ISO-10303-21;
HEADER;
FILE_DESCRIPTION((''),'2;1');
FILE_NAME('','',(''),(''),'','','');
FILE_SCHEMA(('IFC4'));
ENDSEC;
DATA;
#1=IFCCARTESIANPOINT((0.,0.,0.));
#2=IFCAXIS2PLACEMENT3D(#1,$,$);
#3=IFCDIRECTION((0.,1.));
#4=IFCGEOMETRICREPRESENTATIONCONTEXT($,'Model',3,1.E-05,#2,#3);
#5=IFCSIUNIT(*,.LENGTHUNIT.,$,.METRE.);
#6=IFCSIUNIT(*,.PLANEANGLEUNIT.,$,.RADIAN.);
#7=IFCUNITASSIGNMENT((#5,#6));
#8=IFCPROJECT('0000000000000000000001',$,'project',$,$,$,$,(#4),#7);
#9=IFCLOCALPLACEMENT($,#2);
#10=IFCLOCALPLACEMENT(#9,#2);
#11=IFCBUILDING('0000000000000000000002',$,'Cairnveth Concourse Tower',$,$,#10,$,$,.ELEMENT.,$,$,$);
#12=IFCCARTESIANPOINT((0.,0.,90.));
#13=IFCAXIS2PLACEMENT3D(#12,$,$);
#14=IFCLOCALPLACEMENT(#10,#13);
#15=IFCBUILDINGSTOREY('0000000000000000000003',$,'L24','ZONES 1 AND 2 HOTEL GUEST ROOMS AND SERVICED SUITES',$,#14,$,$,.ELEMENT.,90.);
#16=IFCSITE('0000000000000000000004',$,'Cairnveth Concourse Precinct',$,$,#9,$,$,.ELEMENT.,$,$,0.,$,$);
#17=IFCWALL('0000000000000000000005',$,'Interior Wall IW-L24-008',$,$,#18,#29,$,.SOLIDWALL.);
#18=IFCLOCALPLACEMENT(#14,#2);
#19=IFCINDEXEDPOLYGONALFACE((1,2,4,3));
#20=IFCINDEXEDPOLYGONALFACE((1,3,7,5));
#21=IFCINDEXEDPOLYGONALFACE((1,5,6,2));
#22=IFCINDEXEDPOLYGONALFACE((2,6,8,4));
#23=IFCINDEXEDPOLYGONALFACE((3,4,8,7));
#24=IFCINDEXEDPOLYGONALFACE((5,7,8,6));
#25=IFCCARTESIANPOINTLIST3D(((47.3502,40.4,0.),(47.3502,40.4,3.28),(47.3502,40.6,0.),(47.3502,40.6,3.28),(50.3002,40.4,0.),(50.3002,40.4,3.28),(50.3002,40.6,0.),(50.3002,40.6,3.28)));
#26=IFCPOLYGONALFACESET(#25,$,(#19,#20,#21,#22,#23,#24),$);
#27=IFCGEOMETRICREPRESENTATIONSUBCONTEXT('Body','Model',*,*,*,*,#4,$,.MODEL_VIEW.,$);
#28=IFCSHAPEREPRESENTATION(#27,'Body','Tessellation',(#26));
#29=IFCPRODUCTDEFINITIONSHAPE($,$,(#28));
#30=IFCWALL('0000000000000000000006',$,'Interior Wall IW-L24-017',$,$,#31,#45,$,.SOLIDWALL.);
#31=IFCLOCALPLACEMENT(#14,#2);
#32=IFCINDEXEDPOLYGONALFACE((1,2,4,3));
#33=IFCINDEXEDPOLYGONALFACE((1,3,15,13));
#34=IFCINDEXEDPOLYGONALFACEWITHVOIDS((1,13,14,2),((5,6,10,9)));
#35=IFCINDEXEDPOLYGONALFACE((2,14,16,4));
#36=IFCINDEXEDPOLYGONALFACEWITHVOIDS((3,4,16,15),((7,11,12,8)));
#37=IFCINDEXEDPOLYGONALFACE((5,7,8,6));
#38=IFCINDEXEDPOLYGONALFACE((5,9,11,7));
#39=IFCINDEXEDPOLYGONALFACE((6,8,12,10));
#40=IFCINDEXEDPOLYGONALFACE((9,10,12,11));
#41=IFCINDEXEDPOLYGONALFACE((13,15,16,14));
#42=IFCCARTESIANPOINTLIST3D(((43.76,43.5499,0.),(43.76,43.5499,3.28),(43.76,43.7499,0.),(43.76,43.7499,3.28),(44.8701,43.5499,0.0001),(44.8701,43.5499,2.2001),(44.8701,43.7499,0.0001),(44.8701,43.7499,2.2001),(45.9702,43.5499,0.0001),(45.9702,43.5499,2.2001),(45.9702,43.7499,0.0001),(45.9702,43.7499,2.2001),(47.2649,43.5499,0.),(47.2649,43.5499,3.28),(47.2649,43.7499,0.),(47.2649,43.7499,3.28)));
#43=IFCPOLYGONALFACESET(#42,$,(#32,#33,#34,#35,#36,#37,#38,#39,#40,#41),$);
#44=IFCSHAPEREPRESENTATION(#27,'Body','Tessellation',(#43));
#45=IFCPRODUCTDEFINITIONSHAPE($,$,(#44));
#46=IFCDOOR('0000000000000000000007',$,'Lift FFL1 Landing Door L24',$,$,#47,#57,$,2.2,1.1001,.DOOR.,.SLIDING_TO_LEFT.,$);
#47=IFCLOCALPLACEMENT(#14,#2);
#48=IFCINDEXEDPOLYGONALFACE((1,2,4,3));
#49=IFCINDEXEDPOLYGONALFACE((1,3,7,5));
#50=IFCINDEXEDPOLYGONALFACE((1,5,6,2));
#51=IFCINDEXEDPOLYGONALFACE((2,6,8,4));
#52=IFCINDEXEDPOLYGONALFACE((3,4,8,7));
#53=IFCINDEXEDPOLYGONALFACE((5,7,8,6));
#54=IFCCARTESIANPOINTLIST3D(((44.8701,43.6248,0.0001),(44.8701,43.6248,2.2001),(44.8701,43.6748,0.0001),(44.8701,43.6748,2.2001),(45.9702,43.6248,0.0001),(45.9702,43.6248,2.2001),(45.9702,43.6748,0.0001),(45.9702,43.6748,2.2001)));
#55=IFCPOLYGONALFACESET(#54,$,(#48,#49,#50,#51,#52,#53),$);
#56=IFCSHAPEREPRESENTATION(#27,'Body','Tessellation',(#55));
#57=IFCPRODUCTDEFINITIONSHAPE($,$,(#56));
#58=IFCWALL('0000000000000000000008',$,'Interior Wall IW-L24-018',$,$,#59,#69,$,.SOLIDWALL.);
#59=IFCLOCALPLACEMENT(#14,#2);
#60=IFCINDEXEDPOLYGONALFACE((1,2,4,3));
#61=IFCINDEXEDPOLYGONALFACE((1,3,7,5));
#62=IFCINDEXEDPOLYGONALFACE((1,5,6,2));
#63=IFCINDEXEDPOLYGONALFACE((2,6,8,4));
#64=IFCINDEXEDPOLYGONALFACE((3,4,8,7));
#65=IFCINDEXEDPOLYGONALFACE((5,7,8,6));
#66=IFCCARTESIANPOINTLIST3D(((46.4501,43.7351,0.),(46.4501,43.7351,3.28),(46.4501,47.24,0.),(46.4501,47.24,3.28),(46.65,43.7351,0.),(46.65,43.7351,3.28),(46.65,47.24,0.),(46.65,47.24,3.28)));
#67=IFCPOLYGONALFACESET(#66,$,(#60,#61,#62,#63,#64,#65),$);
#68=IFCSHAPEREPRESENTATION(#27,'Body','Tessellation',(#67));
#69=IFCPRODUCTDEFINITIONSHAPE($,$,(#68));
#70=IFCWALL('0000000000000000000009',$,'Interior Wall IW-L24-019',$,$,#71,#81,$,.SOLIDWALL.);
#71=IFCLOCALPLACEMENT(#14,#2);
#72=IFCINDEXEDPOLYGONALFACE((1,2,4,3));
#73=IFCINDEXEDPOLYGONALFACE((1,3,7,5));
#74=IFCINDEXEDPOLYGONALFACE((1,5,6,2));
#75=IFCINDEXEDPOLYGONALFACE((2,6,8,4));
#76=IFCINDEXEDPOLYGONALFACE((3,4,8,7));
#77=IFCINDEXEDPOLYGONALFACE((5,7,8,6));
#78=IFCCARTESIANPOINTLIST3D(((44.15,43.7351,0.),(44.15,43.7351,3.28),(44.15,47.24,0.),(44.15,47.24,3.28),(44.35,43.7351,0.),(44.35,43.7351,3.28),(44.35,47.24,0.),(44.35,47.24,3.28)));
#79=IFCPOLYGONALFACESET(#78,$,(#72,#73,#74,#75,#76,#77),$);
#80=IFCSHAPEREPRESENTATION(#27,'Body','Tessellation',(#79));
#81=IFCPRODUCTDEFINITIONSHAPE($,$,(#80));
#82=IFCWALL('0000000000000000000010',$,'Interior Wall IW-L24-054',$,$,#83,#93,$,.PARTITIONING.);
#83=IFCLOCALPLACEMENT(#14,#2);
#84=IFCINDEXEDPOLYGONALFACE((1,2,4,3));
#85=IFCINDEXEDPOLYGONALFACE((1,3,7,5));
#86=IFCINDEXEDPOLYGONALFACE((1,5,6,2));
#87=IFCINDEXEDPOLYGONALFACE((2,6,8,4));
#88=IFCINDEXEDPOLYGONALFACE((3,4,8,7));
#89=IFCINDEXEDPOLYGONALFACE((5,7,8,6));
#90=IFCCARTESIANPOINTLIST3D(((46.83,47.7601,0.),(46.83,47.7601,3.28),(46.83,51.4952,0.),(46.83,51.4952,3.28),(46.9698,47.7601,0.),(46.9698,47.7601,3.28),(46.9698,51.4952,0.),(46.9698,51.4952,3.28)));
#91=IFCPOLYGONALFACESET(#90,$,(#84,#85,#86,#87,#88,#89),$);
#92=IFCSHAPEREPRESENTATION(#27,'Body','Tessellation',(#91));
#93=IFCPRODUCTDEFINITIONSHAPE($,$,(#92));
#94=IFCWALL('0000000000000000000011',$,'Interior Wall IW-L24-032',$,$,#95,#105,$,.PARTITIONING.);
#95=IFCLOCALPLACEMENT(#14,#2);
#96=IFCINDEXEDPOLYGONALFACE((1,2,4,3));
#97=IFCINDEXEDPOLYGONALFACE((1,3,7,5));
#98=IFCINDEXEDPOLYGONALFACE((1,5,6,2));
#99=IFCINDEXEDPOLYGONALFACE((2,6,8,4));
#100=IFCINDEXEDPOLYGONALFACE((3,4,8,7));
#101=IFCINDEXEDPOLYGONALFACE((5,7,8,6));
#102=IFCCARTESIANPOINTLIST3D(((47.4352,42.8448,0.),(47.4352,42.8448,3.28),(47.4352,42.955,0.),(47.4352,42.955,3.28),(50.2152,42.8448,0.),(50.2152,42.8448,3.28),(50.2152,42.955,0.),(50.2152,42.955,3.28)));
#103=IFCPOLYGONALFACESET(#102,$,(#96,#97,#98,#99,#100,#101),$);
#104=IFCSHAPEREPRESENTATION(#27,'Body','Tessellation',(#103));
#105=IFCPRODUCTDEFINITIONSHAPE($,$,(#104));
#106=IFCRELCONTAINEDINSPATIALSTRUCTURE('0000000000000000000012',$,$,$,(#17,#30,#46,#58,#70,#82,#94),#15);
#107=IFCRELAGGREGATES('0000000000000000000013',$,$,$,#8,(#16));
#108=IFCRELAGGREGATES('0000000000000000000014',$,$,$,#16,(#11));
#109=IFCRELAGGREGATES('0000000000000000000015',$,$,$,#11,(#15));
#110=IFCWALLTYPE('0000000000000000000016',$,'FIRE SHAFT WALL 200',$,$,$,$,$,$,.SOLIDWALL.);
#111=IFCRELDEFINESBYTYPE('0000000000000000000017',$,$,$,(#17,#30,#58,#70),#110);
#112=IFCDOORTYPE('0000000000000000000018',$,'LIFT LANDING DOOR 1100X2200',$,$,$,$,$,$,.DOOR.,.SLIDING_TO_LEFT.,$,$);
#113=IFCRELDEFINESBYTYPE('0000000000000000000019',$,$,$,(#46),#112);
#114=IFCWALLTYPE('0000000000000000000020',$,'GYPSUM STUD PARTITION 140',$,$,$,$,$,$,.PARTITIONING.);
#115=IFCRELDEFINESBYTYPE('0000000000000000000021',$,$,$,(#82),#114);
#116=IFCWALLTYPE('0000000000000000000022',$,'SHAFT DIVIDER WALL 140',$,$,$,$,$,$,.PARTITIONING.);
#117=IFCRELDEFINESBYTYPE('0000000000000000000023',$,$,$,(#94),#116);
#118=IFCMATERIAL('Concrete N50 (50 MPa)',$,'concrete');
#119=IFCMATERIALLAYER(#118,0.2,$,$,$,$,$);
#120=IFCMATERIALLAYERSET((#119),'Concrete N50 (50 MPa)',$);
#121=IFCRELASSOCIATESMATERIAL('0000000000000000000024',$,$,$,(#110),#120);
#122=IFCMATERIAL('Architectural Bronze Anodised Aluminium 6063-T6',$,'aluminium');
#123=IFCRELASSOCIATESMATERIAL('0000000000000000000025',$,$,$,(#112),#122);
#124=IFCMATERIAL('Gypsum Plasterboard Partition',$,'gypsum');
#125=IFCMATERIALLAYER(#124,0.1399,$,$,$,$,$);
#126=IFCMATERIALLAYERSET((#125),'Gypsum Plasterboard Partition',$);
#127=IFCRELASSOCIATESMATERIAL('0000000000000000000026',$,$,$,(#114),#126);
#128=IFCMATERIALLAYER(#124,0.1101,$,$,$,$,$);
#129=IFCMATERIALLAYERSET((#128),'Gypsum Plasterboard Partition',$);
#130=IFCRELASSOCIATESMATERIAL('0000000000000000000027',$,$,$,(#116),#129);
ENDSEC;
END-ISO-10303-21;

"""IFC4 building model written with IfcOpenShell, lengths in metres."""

from ifc_helpers import new_model, si_unit, direction, frame, frame_2d, origin, place, context, subcontext, project, spatial, rectangle, extrude, material, layer, layer_set, type_object, element, fill, save


model = new_model("IFC4")

# Units and contexts
model_context = context("Model", 3, precision=1e-05, world=origin(), true_north=direction((0.0, 1.0)))
body_context = subcontext(model_context, "Body", "Model", "MODEL_VIEW")
ifc_project = project(units=[si_unit("LENGTHUNIT", "METRE"), si_unit("PLANEANGLEUNIT", "RADIAN")], contexts=[model_context])

# Site, building, storey
site_placement = place(None, origin())
site = spatial("IfcSite", under=ifc_project, at=site_placement, Name="Cairnveth Concourse Precinct", CompositionType="ELEMENT", RefElevation=0.0)
building_placement = place(site_placement, origin())
building = spatial("IfcBuilding", under=site, at=building_placement, Name="Cairnveth Concourse Tower", CompositionType="ELEMENT")
storey_placement = place(building_placement, frame((0.0, 0.0, 90.0)))
storey = spatial("IfcBuildingStorey", under=building, at=storey_placement, Name="L24", Description="ZONES 1 AND 2 HOTEL GUEST ROOMS AND SERVICED SUITES", CompositionType="ELEMENT", Elevation=90.0)

# Shared definitions
ifc_material_1 = material(Name="Concrete N50 (50 MPa)", Category="concrete")

# Wall
ifc_layer_1 = layer(ifc_material_1, 0.2)
ifc_layer_set_1 = layer_set([ifc_layer_1], Name="Concrete N50 (50 MPa)")
wall_type_1 = type_object("IfcWallType", Name="FIRE SHAFT WALL 200", PredefinedType="SOLIDWALL", material=ifc_layer_set_1)
for number, where, z_axis, x_axis, name in (
    (1, (47.3501, 40.5, 0.0), (0.0, 0.0, 1.0), (1.0, 0.0, 0.0), "Interior Wall IW-L24-008"),
):
    element("IfcWall", number, at=place(storey_placement, frame(where, z_axis=z_axis, x_axis=x_axis)), inside=storey, type_object=wall_type_1, Name=name, PredefinedType="SOLIDWALL", context=body_context, shape_type="SweptSolid", body=[
        extrude(rectangle(XDim=2.95, YDim=0.2, at=frame_2d((1.4751, 0.0))), origin(), (0.0, 0.0, 1.0), 3.28),
    ])

# Wall, opening, door
wall_1_placement = place(storey_placement, frame((43.76, 43.6499, 0.0), z_axis=(0.0, 0.0, 1.0), x_axis=(1.0, 0.0, 0.0)))
wall_1 = element("IfcWall", 2, at=wall_1_placement, inside=storey, type_object=wall_type_1, Name="Interior Wall IW-L24-017", PredefinedType="SOLIDWALL", context=body_context, shape_type="SweptSolid", body=[
    extrude(rectangle(XDim=3.5049, YDim=0.2, at=frame_2d((1.7524, 0.0))), origin(), (0.0, 0.0, 1.0), 3.28),
])
opening_1_placement = place(wall_1_placement, frame((1.1101, 0.0, 0.0)))
opening_1 = element("IfcOpeningElement", 3, at=opening_1_placement, cuts=wall_1, PredefinedType="OPENING", context=body_context, shape_type="SweptSolid", body=[
    extrude(rectangle(XDim=1.1001, YDim=2.2, at=frame_2d((0.55, 1.1001))), frame((0.0, 0.1099, 0.0), z_axis=(0.0, -1.0, 0.0), x_axis=(1.0, 0.0, 0.0)), (0.0, 0.0, 1.0), 0.22),
])
ifc_material_2 = material(Name="Architectural Bronze Anodised Aluminium 6063-T6", Category="aluminium")
door_type_1 = type_object("IfcDoorType", Name="LIFT LANDING DOOR 1100X2200", OperationType="SLIDING_TO_LEFT", PredefinedType="DOOR", material=ifc_material_2)
door_1_placement = place(opening_1_placement, origin())
door_1 = element("IfcDoor", 4, at=door_1_placement, inside=storey, type_object=door_type_1, Name="Lift FFL1 Landing Door L24", OperationType="SLIDING_TO_LEFT", OverallHeight=2.2, OverallWidth=1.1001, PredefinedType="DOOR", context=body_context, shape_type="SweptSolid", body=[
    extrude(rectangle(XDim=1.1001, YDim=2.2, at=frame_2d((0.55, 1.1001))), frame((0.0, 0.0249, 0.0), z_axis=(0.0, -1.0, 0.0), x_axis=(1.0, 0.0, 0.0)), (0.0, 0.0, 1.0), 0.05),
])
fill(opening_1, door_1)

# Walls
for number, where, z_axis, x_axis, name in (
    (5, (46.55, 43.7351, 0.0), (0.0, 0.0, 1.0), (0.0, 1.0, 0.0), "Interior Wall IW-L24-018"),
    (6, (44.25, 43.7351, 0.0), (0.0, 0.0, 1.0), (0.0, 1.0, 0.0), "Interior Wall IW-L24-019"),
):
    element("IfcWall", number, at=place(storey_placement, frame(where, z_axis=z_axis, x_axis=x_axis)), inside=storey, type_object=wall_type_1, Name=name, PredefinedType="SOLIDWALL", context=body_context, shape_type="SweptSolid", body=[
        extrude(rectangle(XDim=3.5049, YDim=0.2, at=frame_2d((1.7524, 0.0))), origin(), (0.0, 0.0, 1.0), 3.28),
    ])
ifc_material_3 = material(Name="Gypsum Plasterboard Partition", Category="gypsum")
ifc_layer_2 = layer(ifc_material_3, 0.1399)
ifc_layer_set_2 = layer_set([ifc_layer_2], Name="Gypsum Plasterboard Partition")
wall_type_2 = type_object("IfcWallType", Name="GYPSUM STUD PARTITION 140", PredefinedType="PARTITIONING", material=ifc_layer_set_2)
wall_2_placement = place(storey_placement, frame((46.8999, 47.76, 0.0), z_axis=(0.0, 0.0, 1.0), x_axis=(0.0, 1.0, 0.0)))
element("IfcWall", 7, at=wall_2_placement, inside=storey, type_object=wall_type_2, Name="Interior Wall IW-L24-054", PredefinedType="PARTITIONING", context=body_context, shape_type="SweptSolid", body=[
    extrude(rectangle(XDim=3.7351, YDim=0.1399, at=frame_2d((1.8677, 0.0))), origin(), (0.0, 0.0, 1.0), 3.28),
])
ifc_layer_3 = layer(ifc_material_3, 0.1101)
ifc_layer_set_3 = layer_set([ifc_layer_3], Name="Gypsum Plasterboard Partition")
wall_type_3 = type_object("IfcWallType", Name="SHAFT DIVIDER WALL 140", PredefinedType="PARTITIONING", material=ifc_layer_set_3)
wall_3_placement = place(storey_placement, frame((47.4351, 42.8999, 0.0), z_axis=(0.0, 0.0, 1.0), x_axis=(1.0, 0.0, 0.0)))
element("IfcWall", 8, at=wall_3_placement, inside=storey, type_object=wall_type_3, Name="Interior Wall IW-L24-032", PredefinedType="PARTITIONING", context=body_context, shape_type="SweptSolid", body=[
    extrude(rectangle(XDim=2.78, YDim=0.1101, at=frame_2d((1.3901, 0.0))), origin(), (0.0, 0.0, 1.0), 3.28),
])

save(model, "model.ifc")
